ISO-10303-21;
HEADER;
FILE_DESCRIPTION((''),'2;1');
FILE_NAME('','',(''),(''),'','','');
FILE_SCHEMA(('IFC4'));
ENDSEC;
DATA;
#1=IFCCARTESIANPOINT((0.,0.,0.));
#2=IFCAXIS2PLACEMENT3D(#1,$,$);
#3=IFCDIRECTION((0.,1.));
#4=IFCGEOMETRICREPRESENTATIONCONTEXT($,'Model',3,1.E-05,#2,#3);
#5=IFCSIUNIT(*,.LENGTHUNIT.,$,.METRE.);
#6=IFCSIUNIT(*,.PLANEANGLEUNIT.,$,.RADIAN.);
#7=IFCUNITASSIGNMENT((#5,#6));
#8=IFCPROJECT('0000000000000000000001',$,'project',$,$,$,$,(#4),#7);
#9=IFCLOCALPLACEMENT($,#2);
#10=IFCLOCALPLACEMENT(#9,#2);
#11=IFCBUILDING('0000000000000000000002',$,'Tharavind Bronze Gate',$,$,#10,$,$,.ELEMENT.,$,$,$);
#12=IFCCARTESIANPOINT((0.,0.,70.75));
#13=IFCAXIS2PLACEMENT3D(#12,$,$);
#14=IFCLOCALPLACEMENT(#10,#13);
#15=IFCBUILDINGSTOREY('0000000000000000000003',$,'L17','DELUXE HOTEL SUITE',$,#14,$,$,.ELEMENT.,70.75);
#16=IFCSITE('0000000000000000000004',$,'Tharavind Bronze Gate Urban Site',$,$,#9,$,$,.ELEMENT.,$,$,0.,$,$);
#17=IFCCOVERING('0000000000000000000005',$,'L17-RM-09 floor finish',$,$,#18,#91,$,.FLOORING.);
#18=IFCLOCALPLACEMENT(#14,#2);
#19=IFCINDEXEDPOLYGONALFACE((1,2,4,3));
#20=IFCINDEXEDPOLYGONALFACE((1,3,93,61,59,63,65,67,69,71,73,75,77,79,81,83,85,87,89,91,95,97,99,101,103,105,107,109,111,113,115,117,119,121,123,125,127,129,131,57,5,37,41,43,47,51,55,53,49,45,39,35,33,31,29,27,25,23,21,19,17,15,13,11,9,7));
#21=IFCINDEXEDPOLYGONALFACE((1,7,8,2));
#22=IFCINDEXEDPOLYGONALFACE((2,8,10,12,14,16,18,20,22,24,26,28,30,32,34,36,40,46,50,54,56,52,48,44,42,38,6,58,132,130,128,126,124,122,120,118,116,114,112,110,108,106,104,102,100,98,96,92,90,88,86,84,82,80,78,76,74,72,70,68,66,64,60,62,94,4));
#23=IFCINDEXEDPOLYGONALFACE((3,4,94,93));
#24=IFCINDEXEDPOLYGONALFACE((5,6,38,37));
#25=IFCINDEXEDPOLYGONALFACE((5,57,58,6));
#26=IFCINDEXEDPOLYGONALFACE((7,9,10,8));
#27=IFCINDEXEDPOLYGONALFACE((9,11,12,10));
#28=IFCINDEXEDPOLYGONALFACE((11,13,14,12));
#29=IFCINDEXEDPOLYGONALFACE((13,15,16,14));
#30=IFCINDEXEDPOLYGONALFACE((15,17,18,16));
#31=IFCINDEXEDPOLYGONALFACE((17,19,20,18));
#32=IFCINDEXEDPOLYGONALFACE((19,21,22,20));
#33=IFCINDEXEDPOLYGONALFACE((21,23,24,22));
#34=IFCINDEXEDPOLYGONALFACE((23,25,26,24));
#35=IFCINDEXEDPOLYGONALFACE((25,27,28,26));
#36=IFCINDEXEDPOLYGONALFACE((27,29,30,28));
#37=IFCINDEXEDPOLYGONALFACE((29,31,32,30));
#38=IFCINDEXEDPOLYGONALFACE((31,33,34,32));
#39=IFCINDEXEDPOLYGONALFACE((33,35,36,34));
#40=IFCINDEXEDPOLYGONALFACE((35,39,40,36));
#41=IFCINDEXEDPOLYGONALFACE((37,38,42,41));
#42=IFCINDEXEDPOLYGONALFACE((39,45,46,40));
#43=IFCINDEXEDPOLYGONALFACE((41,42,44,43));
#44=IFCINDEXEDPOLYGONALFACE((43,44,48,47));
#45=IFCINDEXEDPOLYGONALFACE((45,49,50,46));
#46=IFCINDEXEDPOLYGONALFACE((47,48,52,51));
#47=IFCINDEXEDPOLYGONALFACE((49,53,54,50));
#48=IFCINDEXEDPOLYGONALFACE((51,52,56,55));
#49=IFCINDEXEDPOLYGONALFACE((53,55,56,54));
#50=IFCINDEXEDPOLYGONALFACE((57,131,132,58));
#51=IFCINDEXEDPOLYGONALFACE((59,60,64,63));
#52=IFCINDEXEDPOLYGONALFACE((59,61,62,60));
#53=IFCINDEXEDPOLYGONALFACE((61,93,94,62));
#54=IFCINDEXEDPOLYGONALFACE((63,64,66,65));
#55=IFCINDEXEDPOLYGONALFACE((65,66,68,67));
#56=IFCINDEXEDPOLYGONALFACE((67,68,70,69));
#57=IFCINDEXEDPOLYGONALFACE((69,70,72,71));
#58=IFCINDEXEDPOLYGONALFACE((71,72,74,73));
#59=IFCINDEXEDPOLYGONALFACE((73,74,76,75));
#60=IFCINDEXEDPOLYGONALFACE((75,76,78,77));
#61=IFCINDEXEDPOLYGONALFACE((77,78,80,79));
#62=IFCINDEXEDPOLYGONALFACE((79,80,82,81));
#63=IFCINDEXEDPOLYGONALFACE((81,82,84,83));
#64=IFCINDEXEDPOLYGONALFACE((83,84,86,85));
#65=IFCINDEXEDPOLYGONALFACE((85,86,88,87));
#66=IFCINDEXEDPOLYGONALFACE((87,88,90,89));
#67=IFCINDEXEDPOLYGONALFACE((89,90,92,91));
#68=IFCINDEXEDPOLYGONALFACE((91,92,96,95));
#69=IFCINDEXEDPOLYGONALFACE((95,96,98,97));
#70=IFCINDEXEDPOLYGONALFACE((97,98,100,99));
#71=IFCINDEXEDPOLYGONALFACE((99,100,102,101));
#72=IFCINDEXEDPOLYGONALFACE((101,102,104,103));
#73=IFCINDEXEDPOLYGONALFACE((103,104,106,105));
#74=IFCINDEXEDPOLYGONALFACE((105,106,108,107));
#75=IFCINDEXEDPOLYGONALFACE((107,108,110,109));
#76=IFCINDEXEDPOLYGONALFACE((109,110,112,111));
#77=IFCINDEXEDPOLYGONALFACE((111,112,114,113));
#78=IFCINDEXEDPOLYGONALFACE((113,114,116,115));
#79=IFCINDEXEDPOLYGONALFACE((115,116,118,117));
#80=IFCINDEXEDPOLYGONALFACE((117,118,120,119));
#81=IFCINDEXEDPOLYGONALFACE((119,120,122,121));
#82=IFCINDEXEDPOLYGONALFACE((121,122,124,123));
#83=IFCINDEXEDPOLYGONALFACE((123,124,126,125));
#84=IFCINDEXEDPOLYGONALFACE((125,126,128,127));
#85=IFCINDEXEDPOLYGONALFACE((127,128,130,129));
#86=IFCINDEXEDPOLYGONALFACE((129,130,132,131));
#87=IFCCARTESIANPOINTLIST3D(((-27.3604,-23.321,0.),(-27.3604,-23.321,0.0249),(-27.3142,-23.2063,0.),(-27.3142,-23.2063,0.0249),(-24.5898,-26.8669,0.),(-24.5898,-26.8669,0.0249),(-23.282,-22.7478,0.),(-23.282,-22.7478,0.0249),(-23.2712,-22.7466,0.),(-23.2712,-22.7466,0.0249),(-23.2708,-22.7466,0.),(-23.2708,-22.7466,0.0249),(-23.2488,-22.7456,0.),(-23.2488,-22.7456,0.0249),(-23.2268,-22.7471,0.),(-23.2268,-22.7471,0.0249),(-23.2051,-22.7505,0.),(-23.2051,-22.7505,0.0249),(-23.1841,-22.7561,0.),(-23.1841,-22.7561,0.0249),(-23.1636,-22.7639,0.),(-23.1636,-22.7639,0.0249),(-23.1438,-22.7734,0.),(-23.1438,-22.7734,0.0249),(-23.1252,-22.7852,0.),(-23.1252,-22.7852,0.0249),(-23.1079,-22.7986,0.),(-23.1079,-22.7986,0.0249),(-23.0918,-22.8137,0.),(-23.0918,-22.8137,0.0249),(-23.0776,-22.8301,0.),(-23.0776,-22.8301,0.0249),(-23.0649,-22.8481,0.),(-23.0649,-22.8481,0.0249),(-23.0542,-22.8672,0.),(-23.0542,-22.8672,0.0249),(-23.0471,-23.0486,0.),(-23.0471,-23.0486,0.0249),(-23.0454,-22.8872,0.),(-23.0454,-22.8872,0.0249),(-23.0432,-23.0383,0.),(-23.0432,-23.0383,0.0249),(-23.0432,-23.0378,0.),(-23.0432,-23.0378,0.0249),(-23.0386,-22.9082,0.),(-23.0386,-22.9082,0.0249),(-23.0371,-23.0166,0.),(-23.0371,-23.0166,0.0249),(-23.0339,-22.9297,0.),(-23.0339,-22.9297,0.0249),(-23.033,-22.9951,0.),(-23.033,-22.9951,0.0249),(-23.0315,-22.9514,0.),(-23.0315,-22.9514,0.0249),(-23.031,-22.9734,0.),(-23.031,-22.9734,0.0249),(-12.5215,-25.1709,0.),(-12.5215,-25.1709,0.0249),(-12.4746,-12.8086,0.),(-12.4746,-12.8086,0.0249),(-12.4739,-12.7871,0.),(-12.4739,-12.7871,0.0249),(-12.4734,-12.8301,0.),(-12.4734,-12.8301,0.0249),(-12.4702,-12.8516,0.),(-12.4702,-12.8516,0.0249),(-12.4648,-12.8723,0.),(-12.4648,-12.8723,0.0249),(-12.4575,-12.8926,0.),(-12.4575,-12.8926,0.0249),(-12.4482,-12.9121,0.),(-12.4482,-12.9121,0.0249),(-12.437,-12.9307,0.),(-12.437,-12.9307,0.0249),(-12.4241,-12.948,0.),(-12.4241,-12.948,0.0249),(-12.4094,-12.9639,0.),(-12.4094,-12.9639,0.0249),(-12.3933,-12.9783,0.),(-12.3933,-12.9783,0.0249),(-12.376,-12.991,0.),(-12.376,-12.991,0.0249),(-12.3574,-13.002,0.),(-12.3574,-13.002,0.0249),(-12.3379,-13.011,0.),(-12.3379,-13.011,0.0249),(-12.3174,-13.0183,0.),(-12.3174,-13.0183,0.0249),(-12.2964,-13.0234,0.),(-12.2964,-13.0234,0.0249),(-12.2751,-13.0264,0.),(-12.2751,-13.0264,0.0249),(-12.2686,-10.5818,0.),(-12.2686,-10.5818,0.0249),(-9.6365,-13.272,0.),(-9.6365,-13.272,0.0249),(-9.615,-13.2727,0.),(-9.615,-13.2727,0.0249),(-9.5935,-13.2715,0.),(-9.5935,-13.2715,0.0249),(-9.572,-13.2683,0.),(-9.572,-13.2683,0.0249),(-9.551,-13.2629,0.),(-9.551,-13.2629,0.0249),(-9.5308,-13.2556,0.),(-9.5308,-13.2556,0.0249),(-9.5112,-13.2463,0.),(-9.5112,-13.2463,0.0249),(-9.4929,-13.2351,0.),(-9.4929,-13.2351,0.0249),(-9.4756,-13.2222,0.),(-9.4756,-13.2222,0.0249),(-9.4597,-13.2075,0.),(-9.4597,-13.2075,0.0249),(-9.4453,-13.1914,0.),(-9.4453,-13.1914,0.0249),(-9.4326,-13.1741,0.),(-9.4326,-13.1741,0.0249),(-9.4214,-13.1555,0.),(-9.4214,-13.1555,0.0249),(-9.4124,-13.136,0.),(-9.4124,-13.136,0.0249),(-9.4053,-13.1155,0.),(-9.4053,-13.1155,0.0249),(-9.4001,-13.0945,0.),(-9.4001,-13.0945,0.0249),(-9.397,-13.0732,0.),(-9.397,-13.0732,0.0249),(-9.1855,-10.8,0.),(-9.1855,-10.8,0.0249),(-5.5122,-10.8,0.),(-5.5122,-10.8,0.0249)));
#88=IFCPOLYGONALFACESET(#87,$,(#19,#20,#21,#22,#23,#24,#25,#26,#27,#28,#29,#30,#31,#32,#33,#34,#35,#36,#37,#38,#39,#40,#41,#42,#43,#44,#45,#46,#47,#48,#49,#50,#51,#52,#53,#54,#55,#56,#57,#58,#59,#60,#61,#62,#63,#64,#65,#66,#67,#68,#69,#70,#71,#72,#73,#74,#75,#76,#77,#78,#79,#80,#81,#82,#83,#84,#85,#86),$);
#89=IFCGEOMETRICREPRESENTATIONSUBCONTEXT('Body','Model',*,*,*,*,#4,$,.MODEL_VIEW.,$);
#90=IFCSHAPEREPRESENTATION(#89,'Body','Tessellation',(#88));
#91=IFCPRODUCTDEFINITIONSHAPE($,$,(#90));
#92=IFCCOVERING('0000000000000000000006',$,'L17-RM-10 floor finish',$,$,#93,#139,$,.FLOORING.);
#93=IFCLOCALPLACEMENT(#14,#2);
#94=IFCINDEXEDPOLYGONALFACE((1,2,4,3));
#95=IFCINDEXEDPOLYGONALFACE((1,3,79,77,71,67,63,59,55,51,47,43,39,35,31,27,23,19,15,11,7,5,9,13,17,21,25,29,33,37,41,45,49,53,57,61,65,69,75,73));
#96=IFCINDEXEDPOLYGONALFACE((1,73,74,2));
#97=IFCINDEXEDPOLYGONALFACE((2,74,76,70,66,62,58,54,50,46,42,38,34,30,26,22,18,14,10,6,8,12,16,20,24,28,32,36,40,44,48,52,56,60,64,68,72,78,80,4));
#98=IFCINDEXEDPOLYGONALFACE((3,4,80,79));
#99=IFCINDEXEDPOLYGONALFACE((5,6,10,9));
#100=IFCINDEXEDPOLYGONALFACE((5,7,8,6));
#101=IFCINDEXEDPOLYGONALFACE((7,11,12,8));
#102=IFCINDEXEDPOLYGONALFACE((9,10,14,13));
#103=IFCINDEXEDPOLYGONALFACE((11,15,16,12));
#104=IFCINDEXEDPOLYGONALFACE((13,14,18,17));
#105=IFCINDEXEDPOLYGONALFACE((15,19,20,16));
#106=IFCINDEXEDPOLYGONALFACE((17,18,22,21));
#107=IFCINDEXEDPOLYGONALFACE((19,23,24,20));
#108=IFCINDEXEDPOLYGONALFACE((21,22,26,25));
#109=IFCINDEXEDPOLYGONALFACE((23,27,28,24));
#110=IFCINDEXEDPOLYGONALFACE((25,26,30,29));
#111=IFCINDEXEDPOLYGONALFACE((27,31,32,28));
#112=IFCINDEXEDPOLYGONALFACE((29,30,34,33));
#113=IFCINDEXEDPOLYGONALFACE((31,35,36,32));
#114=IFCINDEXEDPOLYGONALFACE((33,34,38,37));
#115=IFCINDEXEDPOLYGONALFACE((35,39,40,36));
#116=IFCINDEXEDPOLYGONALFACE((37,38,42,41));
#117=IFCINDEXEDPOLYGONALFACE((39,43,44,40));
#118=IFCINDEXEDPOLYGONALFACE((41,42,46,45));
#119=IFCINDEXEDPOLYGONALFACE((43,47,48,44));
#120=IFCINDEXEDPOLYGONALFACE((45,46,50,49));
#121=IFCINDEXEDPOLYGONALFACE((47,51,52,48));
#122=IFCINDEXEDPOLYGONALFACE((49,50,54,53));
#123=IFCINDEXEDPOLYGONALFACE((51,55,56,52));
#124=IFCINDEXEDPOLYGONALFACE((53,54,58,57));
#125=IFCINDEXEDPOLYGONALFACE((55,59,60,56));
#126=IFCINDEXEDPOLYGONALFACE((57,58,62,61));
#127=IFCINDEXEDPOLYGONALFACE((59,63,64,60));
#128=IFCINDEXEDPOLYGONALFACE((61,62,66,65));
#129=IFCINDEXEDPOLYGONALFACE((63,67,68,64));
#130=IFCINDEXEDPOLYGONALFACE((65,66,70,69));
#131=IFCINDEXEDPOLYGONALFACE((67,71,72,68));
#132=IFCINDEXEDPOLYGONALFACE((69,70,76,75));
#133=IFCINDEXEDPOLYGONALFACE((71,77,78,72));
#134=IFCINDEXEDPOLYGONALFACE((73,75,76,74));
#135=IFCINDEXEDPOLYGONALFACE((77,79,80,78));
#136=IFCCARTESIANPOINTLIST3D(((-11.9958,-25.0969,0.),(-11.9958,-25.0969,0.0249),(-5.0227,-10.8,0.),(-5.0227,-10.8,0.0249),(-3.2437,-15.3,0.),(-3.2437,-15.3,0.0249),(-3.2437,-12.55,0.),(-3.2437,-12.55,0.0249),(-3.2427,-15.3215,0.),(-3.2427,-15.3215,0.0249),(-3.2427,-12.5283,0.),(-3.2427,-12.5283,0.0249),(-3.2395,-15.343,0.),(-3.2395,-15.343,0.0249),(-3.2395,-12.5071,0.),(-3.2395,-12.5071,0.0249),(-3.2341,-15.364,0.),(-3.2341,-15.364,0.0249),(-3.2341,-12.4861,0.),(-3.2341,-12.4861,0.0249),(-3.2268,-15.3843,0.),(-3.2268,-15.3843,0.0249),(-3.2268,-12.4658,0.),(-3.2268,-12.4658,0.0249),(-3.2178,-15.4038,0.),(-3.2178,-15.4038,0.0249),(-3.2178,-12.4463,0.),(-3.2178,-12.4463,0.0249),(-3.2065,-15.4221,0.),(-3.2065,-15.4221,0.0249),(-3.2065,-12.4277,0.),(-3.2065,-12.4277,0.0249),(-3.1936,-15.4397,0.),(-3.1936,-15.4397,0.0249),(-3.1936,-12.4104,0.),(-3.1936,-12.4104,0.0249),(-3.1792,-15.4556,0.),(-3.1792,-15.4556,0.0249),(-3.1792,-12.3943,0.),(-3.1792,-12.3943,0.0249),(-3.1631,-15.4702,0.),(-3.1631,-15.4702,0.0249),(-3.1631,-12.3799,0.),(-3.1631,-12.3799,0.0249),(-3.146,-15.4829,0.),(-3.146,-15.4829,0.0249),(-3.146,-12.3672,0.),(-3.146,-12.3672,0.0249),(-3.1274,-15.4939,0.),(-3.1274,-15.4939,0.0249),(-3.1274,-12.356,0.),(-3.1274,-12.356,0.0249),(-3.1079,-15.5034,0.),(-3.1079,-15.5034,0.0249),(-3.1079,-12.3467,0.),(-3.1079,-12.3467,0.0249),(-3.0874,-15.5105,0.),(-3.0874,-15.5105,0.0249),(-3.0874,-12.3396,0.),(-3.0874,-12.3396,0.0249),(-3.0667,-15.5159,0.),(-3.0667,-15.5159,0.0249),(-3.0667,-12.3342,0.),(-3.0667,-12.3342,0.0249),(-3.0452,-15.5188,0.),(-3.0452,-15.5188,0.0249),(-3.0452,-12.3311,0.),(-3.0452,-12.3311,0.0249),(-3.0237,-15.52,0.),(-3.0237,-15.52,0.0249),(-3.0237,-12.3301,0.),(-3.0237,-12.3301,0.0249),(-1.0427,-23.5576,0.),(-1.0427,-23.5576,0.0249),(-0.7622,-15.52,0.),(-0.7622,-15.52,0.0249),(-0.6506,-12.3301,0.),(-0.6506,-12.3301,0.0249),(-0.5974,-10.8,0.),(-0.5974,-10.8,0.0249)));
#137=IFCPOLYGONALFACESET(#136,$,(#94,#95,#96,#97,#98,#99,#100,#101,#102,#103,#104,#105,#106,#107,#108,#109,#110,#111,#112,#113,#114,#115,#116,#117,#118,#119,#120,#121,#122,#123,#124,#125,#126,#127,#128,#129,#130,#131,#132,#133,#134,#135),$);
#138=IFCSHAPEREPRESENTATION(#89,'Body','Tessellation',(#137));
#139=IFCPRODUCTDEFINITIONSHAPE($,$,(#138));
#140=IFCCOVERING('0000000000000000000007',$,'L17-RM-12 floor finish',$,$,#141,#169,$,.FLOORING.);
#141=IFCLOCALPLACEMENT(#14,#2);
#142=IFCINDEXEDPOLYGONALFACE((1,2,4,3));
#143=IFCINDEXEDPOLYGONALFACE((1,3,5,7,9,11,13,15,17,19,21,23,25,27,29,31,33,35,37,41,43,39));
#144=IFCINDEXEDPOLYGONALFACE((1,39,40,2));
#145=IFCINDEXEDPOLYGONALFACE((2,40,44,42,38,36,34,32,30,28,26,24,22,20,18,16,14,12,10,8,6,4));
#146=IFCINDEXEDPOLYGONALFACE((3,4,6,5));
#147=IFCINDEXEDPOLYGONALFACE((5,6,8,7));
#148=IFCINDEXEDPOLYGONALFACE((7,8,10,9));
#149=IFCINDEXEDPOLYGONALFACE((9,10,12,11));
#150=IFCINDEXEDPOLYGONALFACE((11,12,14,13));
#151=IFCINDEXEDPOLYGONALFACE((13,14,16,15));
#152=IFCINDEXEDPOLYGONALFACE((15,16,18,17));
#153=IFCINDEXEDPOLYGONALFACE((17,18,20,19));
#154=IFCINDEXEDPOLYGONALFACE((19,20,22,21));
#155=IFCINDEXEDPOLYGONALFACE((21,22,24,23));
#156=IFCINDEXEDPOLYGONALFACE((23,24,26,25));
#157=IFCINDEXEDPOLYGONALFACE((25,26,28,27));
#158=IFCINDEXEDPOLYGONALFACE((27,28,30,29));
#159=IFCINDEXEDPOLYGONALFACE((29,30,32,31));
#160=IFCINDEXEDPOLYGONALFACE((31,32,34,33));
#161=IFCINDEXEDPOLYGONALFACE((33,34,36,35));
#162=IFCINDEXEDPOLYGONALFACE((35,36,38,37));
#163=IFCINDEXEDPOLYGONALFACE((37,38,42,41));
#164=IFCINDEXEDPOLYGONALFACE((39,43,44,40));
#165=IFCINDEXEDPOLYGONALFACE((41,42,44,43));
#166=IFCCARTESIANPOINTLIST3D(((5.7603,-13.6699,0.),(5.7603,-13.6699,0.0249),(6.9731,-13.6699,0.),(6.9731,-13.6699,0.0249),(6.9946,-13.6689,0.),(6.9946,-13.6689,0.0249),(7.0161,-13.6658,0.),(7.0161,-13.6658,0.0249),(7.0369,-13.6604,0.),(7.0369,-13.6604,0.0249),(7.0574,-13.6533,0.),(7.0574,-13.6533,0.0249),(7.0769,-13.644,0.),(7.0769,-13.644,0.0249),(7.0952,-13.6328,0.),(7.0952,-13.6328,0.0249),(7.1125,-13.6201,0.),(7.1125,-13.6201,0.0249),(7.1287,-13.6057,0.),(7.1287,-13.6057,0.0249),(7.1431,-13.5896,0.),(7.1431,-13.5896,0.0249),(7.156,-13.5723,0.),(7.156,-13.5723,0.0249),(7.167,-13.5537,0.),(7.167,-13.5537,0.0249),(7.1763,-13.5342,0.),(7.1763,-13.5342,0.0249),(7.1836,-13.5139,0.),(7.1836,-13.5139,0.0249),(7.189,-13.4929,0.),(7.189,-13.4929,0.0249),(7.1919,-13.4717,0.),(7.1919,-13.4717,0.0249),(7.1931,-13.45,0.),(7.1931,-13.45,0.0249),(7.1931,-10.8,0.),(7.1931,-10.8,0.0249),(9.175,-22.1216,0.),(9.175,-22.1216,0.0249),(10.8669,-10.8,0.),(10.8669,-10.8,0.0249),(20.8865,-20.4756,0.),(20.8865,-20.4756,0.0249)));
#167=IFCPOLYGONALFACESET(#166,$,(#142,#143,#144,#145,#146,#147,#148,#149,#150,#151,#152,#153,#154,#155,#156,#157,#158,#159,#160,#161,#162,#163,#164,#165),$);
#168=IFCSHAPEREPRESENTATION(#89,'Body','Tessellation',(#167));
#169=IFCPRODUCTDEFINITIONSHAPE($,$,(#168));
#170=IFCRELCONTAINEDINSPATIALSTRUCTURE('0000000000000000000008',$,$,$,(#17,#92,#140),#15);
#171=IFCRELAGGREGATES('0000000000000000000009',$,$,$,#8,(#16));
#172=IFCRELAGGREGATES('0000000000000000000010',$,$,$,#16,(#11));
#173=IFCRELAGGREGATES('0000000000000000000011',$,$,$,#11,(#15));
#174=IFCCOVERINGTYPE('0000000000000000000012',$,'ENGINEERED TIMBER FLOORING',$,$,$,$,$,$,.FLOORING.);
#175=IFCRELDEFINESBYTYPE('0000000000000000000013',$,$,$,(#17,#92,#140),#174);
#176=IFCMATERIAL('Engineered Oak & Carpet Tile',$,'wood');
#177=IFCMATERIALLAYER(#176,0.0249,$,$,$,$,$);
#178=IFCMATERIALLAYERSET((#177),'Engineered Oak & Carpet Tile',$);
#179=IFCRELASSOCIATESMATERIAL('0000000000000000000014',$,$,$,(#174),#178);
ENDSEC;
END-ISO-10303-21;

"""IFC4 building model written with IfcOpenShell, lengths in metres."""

from ifc_helpers import new_model, si_unit, direction, frame, origin, place, context, subcontext, project, spatial, polyline, outline, extrude, material, layer, layer_set, type_object, element, save


model = new_model("IFC4")

# Units and contexts
model_context = context("Model", 3, precision=1e-05, world=origin(), true_north=direction((0.0, 1.0)))
body_context = subcontext(model_context, "Body", "Model", "MODEL_VIEW")
ifc_project = project(units=[si_unit("LENGTHUNIT", "METRE"), si_unit("PLANEANGLEUNIT", "RADIAN")], contexts=[model_context])

# Site, building, storey
site_placement = place(None, origin())
site = spatial("IfcSite", under=ifc_project, at=site_placement, Name="Tharavind Bronze Gate Urban Site", CompositionType="ELEMENT", RefElevation=0.0)
building_placement = place(site_placement, origin())
building = spatial("IfcBuilding", under=site, at=building_placement, Name="Tharavind Bronze Gate", CompositionType="ELEMENT")
storey_placement = place(building_placement, frame((0.0, 0.0, 70.75)))
storey = spatial("IfcBuildingStorey", under=building, at=storey_placement, Name="L17", Description="DELUXE HOTEL SUITE", CompositionType="ELEMENT", Elevation=70.75)

# Coverings
ifc_material_1 = material(Name="Engineered Oak & Carpet Tile", Category="wood")
ifc_layer_1 = layer(ifc_material_1, 0.0249)
ifc_layer_set_1 = layer_set([ifc_layer_1], Name="Engineered Oak & Carpet Tile")
covering_type_1 = type_object("IfcCoveringType", Name="ENGINEERED TIMBER FLOORING", PredefinedType="FLOORING", material=ifc_layer_set_1)
covering_1_placement = place(storey_placement, origin())
element("IfcCovering", 1, at=covering_1_placement, inside=storey, type_object=covering_type_1, Name="L17-RM-09 floor finish", PredefinedType="FLOORING", context=body_context, shape_type="SweptSolid", body=[
    extrude(outline(polyline([(-23.282, -22.7478), (-23.2712, -22.7466), (-23.2708, -22.7466), (-23.2488, -22.7456), (-23.2268, -22.7471), (-23.2051, -22.7505), (-23.1841, -22.7561), (-23.1636, -22.7639), (-23.1438, -22.7734), (-23.1252, -22.7852), (-23.1079, -22.7986), (-23.0918, -22.8137), (-23.0776, -22.8301), (-23.0649, -22.8481), (-23.0542, -22.8672), (-23.0454, -22.8872), (-23.0386, -22.9082), (-23.0339, -22.9297), (-23.0315, -22.9514), (-23.031, -22.9734), (-23.033, -22.9951), (-23.0371, -23.0166), (-23.0432, -23.0378), (-23.0432, -23.0383), (-23.0471, -23.0486), (-24.5898, -26.8669), (-12.5215, -25.1709), (-5.5122, -10.8), (-9.1855, -10.8), (-9.397, -13.0732), (-9.4001, -13.0945), (-9.4053, -13.1155), (-9.4124, -13.136), (-9.4214, -13.1555), (-9.4326, -13.1741), (-9.4453, -13.1914), (-9.4597, -13.2075), (-9.4756, -13.2222), (-9.4929, -13.2351), (-9.5112, -13.2463), (-9.5308, -13.2556), (-9.551, -13.2629), (-9.572, -13.2683), (-9.5935, -13.2715), (-9.615, -13.2727), (-9.6365, -13.272), (-12.2751, -13.0264), (-12.2964, -13.0234), (-12.3174, -13.0183), (-12.3379, -13.011), (-12.3574, -13.002), (-12.376, -12.991), (-12.3933, -12.9783), (-12.4094, -12.9639), (-12.4241, -12.948), (-12.437, -12.9307), (-12.4482, -12.9121), (-12.4575, -12.8926), (-12.4648, -12.8723), (-12.4702, -12.8516), (-12.4734, -12.8301), (-12.4746, -12.8086), (-12.4739, -12.7871), (-12.2686, -10.5818), (-27.3142, -23.2063), (-27.3604, -23.321), (-23.282, -22.7478)])), origin(), (0.0, 0.0, 1.0), 0.0249),
])
covering_2_placement = place(storey_placement, origin())
element("IfcCovering", 2, at=covering_2_placement, inside=storey, type_object=covering_type_1, Name="L17-RM-10 floor finish", PredefinedType="FLOORING", context=body_context, shape_type="SweptSolid", body=[
    extrude(outline(polyline([(-1.0427, -23.5576), (-0.7622, -15.52), (-3.0237, -15.52), (-3.0452, -15.5188), (-3.0667, -15.5159), (-3.0874, -15.5105), (-3.1079, -15.5034), (-3.1274, -15.4939), (-3.146, -15.4829), (-3.1631, -15.4702), (-3.1792, -15.4556), (-3.1936, -15.4397), (-3.2065, -15.4221), (-3.2178, -15.4038), (-3.2268, -15.3843), (-3.2341, -15.364), (-3.2395, -15.343), (-3.2427, -15.3215), (-3.2437, -15.3), (-3.2437, -12.55), (-3.2427, -12.5283), (-3.2395, -12.5071), (-3.2341, -12.4861), (-3.2268, -12.4658), (-3.2178, -12.4463), (-3.2065, -12.4277), (-3.1936, -12.4104), (-3.1792, -12.3943), (-3.1631, -12.3799), (-3.146, -12.3672), (-3.1274, -12.356), (-3.1079, -12.3467), (-3.0874, -12.3396), (-3.0667, -12.3342), (-3.0452, -12.3311), (-3.0237, -12.3301), (-0.6506, -12.3301), (-0.5974, -10.8), (-5.0227, -10.8), (-11.9958, -25.0969), (-1.0427, -23.5576)])), origin(), (0.0, 0.0, 1.0), 0.0249),
])
covering_3_placement = place(storey_placement, origin())
element("IfcCovering", 3, at=covering_3_placement, inside=storey, type_object=covering_type_1, Name="L17-RM-12 floor finish", PredefinedType="FLOORING", context=body_context, shape_type="SweptSolid", body=[
    extrude(outline(polyline([(7.1931, -13.45), (7.1919, -13.4717), (7.189, -13.4929), (7.1836, -13.5139), (7.1763, -13.5342), (7.167, -13.5537), (7.156, -13.5723), (7.1431, -13.5896), (7.1287, -13.6057), (7.1125, -13.6201), (7.0952, -13.6328), (7.0769, -13.644), (7.0574, -13.6533), (7.0369, -13.6604), (7.0161, -13.6658), (6.9946, -13.6689), (6.9731, -13.6699), (5.7603, -13.6699), (9.175, -22.1216), (20.8865, -20.4756), (10.8669, -10.8), (7.1931, -10.8), (7.1931, -13.45)])), origin(), (0.0, 0.0, 1.0), 0.0249),
])

save(model, "model.ifc")
